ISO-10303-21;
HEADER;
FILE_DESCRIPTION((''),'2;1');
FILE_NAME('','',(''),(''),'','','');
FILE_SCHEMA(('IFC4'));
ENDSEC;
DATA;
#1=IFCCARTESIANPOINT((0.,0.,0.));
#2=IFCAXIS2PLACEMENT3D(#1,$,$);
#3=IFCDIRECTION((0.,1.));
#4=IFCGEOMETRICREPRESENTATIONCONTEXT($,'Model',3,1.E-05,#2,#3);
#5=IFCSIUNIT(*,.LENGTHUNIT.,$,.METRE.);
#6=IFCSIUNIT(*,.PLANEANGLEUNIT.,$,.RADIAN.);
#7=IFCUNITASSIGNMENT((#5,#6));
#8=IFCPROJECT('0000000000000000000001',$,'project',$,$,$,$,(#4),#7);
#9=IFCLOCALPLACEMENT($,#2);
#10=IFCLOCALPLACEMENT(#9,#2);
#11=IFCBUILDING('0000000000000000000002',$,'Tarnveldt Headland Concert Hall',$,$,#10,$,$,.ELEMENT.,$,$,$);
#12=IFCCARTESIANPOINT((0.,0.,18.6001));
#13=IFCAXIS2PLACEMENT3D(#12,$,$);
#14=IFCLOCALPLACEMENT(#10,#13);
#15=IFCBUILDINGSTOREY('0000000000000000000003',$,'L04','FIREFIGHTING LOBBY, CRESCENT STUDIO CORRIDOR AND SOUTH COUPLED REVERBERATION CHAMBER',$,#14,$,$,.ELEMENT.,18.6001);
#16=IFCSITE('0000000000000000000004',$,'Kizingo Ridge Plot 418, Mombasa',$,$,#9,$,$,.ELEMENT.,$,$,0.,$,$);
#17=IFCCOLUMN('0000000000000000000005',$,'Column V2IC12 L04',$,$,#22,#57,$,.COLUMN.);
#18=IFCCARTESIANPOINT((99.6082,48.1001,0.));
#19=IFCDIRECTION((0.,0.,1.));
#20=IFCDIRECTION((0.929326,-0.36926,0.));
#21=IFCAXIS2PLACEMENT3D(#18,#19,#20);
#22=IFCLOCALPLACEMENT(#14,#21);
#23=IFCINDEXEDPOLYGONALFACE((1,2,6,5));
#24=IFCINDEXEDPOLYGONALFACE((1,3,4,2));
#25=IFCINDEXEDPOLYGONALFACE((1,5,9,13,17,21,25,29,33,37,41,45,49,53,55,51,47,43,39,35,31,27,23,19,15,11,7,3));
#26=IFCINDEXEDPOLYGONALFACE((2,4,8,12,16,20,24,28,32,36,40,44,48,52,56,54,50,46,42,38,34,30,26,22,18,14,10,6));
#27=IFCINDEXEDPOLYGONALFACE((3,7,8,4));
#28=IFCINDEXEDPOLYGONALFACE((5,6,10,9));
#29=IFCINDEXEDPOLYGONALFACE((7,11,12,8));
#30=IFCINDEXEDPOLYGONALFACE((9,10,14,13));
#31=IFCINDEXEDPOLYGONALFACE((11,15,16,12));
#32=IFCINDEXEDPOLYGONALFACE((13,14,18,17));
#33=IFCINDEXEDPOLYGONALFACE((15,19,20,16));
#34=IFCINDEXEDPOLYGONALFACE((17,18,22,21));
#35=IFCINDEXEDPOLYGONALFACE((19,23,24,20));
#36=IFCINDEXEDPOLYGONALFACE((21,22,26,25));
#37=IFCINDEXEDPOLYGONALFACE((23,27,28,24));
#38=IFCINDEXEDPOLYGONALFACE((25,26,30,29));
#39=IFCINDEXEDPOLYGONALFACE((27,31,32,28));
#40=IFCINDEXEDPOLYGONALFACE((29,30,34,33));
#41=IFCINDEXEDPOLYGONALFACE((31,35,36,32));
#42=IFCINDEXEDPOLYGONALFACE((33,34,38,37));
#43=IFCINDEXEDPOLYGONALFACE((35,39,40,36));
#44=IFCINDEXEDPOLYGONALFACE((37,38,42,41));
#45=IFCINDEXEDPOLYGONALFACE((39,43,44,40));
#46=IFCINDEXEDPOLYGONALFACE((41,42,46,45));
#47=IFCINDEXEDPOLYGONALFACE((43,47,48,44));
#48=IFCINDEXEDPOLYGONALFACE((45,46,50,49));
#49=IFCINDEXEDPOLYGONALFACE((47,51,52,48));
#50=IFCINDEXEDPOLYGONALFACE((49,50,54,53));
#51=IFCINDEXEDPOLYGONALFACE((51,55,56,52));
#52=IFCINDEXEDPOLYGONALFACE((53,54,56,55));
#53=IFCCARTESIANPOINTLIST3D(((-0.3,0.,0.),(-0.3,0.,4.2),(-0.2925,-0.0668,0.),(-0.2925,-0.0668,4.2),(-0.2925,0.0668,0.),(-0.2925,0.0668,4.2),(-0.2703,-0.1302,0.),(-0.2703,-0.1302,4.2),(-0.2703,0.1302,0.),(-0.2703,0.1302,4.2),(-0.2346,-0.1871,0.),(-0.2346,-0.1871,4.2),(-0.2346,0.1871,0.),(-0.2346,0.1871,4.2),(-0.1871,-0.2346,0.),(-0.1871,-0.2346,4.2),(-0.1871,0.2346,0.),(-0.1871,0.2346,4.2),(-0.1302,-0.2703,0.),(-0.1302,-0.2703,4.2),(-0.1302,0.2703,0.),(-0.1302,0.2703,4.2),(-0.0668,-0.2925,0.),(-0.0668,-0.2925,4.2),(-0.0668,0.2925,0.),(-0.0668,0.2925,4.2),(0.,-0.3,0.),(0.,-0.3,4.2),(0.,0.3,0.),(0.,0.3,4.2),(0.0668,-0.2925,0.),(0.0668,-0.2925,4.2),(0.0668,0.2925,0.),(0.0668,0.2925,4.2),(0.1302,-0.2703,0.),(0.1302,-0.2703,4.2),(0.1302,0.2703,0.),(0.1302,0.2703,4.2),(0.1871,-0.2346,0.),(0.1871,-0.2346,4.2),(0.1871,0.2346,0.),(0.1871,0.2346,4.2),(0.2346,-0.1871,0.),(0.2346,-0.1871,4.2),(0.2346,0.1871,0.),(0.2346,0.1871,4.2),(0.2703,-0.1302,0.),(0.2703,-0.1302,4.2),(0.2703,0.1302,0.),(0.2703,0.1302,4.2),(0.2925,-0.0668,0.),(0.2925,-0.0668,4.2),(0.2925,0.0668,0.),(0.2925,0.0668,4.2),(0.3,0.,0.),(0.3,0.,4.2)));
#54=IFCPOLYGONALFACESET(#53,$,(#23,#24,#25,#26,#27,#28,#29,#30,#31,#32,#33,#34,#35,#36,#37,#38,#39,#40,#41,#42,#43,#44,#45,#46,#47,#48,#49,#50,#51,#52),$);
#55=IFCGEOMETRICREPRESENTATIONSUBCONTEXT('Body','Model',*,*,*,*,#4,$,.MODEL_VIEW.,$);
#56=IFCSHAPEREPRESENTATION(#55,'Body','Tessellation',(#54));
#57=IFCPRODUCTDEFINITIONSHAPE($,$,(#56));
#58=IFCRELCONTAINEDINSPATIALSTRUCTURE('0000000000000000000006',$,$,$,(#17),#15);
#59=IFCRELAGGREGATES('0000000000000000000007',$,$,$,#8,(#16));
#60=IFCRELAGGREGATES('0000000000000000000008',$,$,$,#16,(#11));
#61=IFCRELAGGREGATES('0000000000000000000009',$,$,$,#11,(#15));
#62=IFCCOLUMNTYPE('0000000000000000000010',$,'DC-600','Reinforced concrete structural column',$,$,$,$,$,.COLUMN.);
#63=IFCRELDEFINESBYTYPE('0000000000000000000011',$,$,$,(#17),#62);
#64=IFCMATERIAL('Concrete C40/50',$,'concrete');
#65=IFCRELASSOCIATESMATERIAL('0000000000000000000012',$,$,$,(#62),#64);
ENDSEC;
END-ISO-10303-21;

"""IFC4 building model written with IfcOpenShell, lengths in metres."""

from ifc_helpers import new_model, si_unit, direction, frame, origin, origin_2d, place, context, subcontext, project, spatial, circle, extrude, material, material_profile, profile_set, type_object, element, save


model = new_model("IFC4")

# Units and contexts
model_context = context("Model", 3, precision=1e-05, world=origin(), true_north=direction((0.0, 1.0)))
body_context = subcontext(model_context, "Body", "Model", "MODEL_VIEW")
ifc_project = project(units=[si_unit("LENGTHUNIT", "METRE"), si_unit("PLANEANGLEUNIT", "RADIAN")], contexts=[model_context])

# Site, building, storey
site_placement = place(None, origin())
site = spatial("IfcSite", under=ifc_project, at=site_placement, Name="Kizingo Ridge Plot 418, Mombasa", CompositionType="ELEMENT", RefElevation=0.0)
building_placement = place(site_placement, origin())
building = spatial("IfcBuilding", under=site, at=building_placement, Name="Tarnveldt Headland Concert Hall", CompositionType="ELEMENT")
storey_placement = place(building_placement, frame((0.0, 0.0, 18.6001)))
storey = spatial("IfcBuildingStorey", under=building, at=storey_placement, Name="L04", Description="FIREFIGHTING LOBBY, CRESCENT STUDIO CORRIDOR AND SOUTH COUPLED REVERBERATION CHAMBER", CompositionType="ELEMENT", Elevation=18.6001)

# Column
ifc_material_1 = material(Name="Concrete C40/50", Category="concrete")
ifc_material_profile_1 = material_profile(ifc_material_1, circle(Radius=0.3, at=origin_2d()), Name="RC D600", Category="concrete")
ifc_profile_set_1 = profile_set([ifc_material_profile_1], Name="Concrete C40/50")
column_type = type_object("IfcColumnType", Name="DC-600", Description="Reinforced concrete structural column", PredefinedType="COLUMN", material=ifc_profile_set_1)
column_placement = place(storey_placement, frame((99.6082, 48.1001, 0.0), z_axis=(0.0, 0.0, 1.0), x_axis=(0.929326, -0.36926, 0.0)))
element("IfcColumn", 1, at=column_placement, inside=storey, type_object=column_type, Name="Column V2IC12 L04", PredefinedType="COLUMN", context=body_context, shape_type="SweptSolid", body=[
    extrude(circle(Radius=0.3, at=origin_2d()), origin(), (0.0, 0.0, 1.0), 4.2),
])

save(model, "model.ifc")
